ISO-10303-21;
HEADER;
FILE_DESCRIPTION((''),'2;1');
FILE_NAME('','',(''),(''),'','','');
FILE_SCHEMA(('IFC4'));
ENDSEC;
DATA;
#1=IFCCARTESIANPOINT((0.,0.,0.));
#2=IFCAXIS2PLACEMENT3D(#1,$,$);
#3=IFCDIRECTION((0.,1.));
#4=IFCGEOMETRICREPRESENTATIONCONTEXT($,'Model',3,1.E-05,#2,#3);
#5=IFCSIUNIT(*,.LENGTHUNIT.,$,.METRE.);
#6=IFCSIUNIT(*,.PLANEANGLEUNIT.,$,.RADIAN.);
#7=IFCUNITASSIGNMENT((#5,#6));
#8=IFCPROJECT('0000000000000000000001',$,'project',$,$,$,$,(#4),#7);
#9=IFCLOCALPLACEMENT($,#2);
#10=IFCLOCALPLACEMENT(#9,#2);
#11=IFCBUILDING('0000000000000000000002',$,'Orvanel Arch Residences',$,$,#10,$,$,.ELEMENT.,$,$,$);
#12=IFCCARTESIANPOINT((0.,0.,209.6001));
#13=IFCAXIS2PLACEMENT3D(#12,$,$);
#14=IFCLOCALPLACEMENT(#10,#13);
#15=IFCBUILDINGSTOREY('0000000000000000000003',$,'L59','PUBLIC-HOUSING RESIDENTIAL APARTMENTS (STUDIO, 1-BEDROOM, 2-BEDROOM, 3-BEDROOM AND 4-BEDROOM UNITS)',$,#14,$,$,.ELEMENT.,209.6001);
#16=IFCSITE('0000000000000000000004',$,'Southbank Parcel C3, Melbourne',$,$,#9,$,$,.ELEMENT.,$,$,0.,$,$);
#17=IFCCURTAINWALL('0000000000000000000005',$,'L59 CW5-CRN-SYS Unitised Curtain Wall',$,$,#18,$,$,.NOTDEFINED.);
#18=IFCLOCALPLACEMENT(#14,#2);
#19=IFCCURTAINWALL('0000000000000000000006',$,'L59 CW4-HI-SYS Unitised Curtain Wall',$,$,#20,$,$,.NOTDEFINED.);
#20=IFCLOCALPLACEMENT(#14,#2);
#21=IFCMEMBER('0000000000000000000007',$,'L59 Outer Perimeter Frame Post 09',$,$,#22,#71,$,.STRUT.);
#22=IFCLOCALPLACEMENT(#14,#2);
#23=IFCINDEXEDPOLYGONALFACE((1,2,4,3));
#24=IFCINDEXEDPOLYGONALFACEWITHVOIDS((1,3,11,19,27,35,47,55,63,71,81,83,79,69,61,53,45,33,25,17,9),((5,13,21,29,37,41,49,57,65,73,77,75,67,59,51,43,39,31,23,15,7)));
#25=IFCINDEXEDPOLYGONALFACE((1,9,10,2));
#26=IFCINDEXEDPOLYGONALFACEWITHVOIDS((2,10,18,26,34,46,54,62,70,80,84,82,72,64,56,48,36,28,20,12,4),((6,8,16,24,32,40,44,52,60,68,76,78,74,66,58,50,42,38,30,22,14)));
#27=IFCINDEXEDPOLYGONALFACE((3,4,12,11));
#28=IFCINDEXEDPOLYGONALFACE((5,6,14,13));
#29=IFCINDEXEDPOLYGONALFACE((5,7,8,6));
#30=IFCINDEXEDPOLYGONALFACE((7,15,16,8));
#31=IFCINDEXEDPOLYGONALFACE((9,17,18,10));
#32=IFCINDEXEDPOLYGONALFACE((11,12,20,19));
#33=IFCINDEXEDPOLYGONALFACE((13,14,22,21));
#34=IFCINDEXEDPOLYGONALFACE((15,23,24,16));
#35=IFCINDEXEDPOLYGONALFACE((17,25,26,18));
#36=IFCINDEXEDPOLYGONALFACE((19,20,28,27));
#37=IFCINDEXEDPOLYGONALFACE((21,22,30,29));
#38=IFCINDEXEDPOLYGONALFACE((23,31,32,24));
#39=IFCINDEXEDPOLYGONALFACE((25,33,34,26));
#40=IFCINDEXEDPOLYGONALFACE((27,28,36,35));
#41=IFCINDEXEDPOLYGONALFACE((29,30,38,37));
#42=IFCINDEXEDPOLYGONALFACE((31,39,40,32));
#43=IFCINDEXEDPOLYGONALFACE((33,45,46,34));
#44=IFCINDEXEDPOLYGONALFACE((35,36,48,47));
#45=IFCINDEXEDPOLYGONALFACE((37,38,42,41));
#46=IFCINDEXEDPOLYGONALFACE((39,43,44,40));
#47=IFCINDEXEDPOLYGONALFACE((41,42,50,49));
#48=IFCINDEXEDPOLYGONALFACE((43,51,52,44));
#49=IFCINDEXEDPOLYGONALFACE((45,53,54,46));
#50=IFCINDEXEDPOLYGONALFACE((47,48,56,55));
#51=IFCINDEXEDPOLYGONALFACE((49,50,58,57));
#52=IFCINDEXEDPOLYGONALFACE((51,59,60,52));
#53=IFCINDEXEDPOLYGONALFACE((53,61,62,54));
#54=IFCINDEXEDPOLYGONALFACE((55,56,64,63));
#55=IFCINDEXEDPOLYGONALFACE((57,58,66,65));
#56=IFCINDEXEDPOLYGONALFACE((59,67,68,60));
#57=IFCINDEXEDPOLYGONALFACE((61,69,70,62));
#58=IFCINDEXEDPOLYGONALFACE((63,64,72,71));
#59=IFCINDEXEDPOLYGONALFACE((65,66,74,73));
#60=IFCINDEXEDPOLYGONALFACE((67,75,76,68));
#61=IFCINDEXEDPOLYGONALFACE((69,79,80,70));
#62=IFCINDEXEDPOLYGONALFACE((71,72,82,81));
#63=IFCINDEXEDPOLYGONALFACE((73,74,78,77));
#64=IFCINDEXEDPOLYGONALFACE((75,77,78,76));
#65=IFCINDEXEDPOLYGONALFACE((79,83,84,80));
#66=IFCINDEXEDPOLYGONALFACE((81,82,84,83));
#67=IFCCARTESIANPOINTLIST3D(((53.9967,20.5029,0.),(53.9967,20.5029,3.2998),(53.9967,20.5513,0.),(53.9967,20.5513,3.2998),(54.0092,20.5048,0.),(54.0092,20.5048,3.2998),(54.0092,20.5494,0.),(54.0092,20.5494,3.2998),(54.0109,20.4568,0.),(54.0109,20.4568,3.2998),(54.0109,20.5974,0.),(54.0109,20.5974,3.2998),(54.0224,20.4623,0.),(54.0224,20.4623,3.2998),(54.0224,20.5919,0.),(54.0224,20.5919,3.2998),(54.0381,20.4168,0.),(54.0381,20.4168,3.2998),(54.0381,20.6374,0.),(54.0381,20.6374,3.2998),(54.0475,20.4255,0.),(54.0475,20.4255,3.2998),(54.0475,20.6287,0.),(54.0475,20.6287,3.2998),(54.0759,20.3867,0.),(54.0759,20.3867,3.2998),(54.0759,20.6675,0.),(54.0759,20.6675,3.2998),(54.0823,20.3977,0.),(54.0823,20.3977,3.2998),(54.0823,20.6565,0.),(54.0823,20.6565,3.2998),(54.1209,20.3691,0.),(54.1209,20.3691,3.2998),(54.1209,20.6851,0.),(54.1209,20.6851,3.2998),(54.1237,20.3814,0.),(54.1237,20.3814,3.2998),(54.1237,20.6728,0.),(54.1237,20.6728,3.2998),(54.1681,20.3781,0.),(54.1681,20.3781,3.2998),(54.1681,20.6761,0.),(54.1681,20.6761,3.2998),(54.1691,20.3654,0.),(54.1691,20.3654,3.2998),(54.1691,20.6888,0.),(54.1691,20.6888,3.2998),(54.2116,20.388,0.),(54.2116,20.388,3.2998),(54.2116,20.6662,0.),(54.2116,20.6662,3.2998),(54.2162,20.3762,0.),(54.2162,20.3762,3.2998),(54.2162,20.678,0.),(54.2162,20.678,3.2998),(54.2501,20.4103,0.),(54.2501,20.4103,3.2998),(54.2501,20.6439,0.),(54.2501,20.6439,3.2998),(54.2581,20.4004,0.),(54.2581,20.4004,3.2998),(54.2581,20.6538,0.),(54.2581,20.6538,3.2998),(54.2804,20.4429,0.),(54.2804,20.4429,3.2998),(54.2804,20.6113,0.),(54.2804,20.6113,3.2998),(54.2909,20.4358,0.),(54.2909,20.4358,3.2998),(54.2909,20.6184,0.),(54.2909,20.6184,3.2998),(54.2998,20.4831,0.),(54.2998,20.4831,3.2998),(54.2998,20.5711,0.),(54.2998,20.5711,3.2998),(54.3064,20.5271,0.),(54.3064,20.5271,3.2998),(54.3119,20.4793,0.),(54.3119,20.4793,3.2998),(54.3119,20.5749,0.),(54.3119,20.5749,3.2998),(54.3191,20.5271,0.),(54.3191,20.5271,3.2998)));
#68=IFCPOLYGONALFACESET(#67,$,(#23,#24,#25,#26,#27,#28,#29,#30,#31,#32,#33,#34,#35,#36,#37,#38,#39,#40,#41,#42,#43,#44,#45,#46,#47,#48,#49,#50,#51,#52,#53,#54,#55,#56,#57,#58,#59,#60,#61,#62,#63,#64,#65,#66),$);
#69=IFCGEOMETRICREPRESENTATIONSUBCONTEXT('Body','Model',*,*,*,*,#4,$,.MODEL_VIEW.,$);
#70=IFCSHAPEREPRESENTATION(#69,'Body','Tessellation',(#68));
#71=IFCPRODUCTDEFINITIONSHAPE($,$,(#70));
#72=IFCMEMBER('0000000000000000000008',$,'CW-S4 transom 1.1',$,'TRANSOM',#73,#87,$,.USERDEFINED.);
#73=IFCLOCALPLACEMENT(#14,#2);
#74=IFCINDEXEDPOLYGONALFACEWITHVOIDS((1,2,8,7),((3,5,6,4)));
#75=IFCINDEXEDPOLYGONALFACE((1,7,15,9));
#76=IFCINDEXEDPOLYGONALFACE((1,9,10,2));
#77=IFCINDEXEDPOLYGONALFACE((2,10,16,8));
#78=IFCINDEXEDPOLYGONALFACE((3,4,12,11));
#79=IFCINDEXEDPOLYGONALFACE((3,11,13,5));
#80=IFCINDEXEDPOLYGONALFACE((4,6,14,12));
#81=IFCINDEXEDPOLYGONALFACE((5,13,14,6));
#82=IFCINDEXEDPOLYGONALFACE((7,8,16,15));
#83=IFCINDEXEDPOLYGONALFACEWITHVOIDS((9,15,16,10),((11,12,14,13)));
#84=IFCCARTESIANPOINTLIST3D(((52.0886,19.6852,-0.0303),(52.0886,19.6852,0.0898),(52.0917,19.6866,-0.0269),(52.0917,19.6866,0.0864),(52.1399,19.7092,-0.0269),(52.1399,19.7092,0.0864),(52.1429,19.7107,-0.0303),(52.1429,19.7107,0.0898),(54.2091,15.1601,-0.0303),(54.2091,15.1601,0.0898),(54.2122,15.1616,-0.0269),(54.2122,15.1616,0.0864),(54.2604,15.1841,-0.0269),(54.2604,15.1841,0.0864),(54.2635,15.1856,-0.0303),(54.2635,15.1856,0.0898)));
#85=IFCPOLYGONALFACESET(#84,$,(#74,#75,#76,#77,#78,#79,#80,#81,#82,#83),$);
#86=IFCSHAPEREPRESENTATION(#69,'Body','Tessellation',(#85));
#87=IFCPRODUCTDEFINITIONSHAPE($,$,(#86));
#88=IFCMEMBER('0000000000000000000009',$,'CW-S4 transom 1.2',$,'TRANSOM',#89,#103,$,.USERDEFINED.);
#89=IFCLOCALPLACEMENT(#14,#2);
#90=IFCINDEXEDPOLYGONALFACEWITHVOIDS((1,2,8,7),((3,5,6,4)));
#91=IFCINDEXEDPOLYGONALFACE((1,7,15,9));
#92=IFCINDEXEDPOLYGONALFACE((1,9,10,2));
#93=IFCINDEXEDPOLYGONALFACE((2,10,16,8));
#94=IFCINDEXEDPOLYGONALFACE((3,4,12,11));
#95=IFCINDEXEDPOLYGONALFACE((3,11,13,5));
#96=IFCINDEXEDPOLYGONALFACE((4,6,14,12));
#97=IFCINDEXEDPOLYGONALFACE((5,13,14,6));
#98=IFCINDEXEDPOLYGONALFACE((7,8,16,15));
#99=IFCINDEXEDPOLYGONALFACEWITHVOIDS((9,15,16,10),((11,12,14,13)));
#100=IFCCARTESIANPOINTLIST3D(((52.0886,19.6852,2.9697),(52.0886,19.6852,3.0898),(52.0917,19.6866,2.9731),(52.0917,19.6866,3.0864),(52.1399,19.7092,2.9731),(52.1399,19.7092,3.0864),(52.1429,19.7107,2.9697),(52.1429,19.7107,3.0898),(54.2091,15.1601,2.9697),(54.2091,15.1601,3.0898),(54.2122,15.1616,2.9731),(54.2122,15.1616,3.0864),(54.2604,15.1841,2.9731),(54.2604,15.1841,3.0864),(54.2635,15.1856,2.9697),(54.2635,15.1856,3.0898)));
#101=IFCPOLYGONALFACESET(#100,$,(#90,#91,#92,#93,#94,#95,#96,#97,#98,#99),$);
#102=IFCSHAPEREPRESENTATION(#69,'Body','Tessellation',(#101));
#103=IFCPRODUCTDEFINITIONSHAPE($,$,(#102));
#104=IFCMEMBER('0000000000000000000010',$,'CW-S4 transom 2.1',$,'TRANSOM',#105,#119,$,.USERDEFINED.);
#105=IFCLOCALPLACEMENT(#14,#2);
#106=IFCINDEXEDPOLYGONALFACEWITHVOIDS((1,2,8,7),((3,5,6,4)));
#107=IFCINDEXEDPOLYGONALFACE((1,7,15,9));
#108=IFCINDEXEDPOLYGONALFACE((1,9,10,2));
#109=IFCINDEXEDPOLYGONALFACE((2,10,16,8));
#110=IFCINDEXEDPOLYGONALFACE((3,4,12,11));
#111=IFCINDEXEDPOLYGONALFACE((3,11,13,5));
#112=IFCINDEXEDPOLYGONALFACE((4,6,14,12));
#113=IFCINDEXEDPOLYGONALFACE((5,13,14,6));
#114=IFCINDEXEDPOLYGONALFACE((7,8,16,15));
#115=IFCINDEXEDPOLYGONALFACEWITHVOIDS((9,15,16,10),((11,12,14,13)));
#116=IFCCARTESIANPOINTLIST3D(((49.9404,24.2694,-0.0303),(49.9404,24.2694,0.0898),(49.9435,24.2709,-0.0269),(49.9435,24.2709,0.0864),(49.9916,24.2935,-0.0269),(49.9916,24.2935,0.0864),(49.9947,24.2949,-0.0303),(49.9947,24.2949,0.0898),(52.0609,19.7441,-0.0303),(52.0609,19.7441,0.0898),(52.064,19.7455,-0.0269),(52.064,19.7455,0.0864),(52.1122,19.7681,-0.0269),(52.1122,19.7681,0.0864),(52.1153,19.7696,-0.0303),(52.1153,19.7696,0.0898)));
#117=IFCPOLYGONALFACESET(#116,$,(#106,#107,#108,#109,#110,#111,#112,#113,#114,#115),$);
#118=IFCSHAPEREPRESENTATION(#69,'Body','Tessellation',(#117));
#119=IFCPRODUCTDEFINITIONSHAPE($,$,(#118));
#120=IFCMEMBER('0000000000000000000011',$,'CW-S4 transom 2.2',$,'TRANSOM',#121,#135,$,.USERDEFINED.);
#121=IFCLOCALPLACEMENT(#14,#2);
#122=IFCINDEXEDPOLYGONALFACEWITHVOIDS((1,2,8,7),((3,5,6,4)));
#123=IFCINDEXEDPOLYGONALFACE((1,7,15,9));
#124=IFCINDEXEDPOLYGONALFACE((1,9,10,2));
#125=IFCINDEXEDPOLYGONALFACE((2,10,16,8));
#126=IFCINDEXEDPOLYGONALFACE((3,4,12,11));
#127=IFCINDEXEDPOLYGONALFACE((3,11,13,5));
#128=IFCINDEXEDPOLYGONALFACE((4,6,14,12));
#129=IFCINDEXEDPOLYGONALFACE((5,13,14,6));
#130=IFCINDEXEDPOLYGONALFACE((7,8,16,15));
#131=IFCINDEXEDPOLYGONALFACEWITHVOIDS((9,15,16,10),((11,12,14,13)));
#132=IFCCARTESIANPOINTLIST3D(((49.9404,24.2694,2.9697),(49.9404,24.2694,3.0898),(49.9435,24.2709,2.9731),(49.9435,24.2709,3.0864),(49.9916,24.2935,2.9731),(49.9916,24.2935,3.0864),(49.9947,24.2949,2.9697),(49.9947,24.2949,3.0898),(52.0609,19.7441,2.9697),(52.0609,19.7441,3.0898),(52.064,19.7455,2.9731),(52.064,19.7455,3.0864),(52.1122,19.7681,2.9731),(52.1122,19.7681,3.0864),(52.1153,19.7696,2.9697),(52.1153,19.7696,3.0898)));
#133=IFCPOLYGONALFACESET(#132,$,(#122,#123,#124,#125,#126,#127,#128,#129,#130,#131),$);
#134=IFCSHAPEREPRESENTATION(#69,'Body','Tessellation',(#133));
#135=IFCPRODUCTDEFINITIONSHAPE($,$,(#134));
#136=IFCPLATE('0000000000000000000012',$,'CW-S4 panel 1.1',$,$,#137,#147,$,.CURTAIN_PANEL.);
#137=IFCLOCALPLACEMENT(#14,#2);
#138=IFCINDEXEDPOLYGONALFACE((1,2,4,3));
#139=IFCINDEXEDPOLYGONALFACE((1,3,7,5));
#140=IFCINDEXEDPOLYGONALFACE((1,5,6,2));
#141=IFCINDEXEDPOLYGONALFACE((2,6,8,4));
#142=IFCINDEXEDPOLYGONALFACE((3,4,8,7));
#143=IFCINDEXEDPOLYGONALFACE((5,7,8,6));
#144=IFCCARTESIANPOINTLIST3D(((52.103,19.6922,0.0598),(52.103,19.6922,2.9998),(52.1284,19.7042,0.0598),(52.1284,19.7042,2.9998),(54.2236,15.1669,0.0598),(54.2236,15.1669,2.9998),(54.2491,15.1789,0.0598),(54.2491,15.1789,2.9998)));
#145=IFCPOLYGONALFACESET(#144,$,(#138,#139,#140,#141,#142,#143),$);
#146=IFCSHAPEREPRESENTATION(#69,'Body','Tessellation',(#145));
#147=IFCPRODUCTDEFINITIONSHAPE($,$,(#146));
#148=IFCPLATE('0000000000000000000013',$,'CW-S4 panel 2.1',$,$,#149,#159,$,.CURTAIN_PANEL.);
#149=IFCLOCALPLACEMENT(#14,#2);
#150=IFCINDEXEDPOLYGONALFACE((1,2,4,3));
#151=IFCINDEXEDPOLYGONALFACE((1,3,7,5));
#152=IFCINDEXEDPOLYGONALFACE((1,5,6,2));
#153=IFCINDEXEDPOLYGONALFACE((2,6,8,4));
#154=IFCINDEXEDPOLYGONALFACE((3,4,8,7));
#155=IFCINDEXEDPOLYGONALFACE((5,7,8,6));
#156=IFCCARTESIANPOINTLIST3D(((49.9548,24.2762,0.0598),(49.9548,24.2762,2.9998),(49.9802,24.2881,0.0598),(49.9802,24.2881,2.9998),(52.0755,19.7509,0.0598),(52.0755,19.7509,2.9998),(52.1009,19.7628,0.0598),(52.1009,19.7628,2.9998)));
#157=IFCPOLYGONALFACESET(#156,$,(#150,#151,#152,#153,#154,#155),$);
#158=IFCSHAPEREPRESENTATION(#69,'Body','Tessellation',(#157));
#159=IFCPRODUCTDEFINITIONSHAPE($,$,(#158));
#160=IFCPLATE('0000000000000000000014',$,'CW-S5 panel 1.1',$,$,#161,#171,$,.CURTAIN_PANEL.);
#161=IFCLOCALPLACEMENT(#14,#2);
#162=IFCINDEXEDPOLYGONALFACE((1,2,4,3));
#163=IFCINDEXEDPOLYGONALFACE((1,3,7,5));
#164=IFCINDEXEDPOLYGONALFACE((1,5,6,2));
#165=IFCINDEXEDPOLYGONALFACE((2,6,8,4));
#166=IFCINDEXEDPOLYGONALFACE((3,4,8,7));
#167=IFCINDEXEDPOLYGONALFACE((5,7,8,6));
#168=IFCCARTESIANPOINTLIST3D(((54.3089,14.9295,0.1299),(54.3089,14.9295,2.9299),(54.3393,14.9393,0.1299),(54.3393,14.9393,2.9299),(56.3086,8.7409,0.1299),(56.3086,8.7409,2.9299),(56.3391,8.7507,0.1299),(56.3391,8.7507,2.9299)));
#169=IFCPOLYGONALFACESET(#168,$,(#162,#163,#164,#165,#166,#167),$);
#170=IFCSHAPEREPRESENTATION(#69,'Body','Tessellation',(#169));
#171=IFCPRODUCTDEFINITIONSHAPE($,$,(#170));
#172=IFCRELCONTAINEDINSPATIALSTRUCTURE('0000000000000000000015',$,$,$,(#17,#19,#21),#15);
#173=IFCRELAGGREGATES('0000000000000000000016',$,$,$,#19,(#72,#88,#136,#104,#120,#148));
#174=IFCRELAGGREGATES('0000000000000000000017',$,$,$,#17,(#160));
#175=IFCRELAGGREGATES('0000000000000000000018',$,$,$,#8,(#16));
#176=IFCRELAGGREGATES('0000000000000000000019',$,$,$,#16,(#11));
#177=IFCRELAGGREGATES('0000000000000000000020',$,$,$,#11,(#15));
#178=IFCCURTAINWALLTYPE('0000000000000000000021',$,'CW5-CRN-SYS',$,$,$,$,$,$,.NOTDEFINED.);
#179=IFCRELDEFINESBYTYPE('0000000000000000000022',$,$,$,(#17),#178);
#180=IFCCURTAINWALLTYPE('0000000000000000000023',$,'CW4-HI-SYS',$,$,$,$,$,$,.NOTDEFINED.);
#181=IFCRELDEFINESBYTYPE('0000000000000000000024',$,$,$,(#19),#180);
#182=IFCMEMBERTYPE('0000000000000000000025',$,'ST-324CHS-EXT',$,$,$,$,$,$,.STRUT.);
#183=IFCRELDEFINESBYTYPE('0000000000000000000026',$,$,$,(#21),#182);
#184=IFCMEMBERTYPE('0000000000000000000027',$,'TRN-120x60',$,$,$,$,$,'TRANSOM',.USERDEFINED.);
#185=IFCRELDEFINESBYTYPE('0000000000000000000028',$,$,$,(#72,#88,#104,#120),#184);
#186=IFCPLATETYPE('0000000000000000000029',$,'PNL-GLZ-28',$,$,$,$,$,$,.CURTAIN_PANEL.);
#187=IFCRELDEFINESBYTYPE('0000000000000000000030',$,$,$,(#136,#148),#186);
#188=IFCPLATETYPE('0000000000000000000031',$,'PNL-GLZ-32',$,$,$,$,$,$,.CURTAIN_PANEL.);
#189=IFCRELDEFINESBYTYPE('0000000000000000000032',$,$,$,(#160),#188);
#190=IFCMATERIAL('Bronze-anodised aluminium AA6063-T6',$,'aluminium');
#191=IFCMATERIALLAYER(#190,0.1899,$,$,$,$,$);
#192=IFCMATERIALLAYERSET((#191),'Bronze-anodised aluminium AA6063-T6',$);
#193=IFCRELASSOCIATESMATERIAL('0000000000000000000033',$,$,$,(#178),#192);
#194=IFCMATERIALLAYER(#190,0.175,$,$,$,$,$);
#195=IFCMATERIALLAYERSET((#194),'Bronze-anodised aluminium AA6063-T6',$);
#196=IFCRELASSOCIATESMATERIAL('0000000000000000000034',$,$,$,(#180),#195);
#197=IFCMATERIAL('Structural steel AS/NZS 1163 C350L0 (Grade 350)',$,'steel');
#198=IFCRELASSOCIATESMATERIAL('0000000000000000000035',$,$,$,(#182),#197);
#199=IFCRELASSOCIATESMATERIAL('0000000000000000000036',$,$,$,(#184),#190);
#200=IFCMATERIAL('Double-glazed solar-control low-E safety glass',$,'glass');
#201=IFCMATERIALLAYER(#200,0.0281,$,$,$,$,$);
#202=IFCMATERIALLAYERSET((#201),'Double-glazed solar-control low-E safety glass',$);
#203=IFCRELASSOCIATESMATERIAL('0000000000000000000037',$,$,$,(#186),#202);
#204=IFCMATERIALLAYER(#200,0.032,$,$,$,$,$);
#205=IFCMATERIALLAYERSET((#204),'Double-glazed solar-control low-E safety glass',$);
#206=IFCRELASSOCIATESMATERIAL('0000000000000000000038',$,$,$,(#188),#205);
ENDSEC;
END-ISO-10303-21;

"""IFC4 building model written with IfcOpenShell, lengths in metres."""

from ifc_helpers import new_model, si_unit, direction, frame, origin, origin_2d, place, context, subcontext, project, spatial, rectangle, hollow_rectangle, hollow_circle, extrude, material, layer, layer_set, material_profile, profile_set, type_object, element, aggregate, save


model = new_model("IFC4")

# Units and contexts
model_context = context("Model", 3, precision=1e-05, world=origin(), true_north=direction((0.0, 1.0)))
body_context = subcontext(model_context, "Body", "Model", "MODEL_VIEW")
ifc_project = project(units=[si_unit("LENGTHUNIT", "METRE"), si_unit("PLANEANGLEUNIT", "RADIAN")], contexts=[model_context])

# Site, building, storey
site_placement = place(None, origin())
site = spatial("IfcSite", under=ifc_project, at=site_placement, Name="Southbank Parcel C3, Melbourne", CompositionType="ELEMENT", RefElevation=0.0)
building_placement = place(site_placement, origin())
building = spatial("IfcBuilding", under=site, at=building_placement, Name="Orvanel Arch Residences", CompositionType="ELEMENT")
storey_placement = place(building_placement, frame((0.0, 0.0, 209.6001)))
storey = spatial("IfcBuildingStorey", under=building, at=storey_placement, Name="L59", Description="PUBLIC-HOUSING RESIDENTIAL APARTMENTS (STUDIO, 1-BEDROOM, 2-BEDROOM, 3-BEDROOM AND 4-BEDROOM UNITS)", CompositionType="ELEMENT", Elevation=209.6001)

# Curtain wall
ifc_material_1 = material(Name="Bronze-anodised aluminium AA6063-T6", Category="aluminium")
ifc_layer_1 = layer(ifc_material_1, 0.1899)
ifc_layer_set_1 = layer_set([ifc_layer_1], Name="Bronze-anodised aluminium AA6063-T6")
curtain_wall_type_1 = type_object("IfcCurtainWallType", Name="CW5-CRN-SYS", PredefinedType="NOTDEFINED", material=ifc_layer_set_1)
curtain_wall_1_placement = place(storey_placement, origin())
curtain_wall_1 = element("IfcCurtainWall", 1, at=curtain_wall_1_placement, inside=storey, type_object=curtain_wall_type_1, Name="L59 CW5-CRN-SYS Unitised Curtain Wall", PredefinedType="NOTDEFINED")

# Curtain wall
ifc_layer_2 = layer(ifc_material_1, 0.175)
ifc_layer_set_2 = layer_set([ifc_layer_2], Name="Bronze-anodised aluminium AA6063-T6")
curtain_wall_type_2 = type_object("IfcCurtainWallType", Name="CW4-HI-SYS", PredefinedType="NOTDEFINED", material=ifc_layer_set_2)
curtain_wall_2_placement = place(storey_placement, origin())
curtain_wall_2 = element("IfcCurtainWall", 2, at=curtain_wall_2_placement, inside=storey, type_object=curtain_wall_type_2, Name="L59 CW4-HI-SYS Unitised Curtain Wall", PredefinedType="NOTDEFINED")

# Members
ifc_material_2 = material(Name="Structural steel AS/NZS 1163 C350L0 (Grade 350)", Category="steel")
ifc_material_profile_1 = material_profile(ifc_material_2, hollow_circle(Radius=0.1621, WallThickness=0.0127, at=origin_2d()), Name="CHS324x12.7")
ifc_profile_set_1 = profile_set([ifc_material_profile_1], Name="Structural steel AS/NZS 1163 C350L0 (Grade 350)")
member_type_1 = type_object("IfcMemberType", Name="ST-324CHS-EXT", PredefinedType="STRUT", material=ifc_profile_set_1)
member_1_placement = place(storey_placement, frame((54.157, 20.5271, 0.0), z_axis=(0.0, 0.0, 1.0), x_axis=(1.0, 0.0, 0.0)))
element("IfcMember", 3, at=member_1_placement, inside=storey, type_object=member_type_1, Name="L59 Outer Perimeter Frame Post 09", PredefinedType="STRUT", context=body_context, shape_type="SweptSolid", body=[
    extrude(hollow_circle(Radius=0.1621, WallThickness=0.0127, at=origin_2d()), origin(), (0.0, 0.0, 1.0), 3.2998),
])
ifc_material_profile_2 = material_profile(ifc_material_1, hollow_rectangle(XDim=0.0601, YDim=0.1201, WallThickness=0.0034, at=origin_2d()), Name="ALU120x60x3.5")
ifc_profile_set_2 = profile_set([ifc_material_profile_2], Name="Bronze-anodised aluminium AA6063-T6")
member_type_2 = type_object("IfcMemberType", Name="TRN-120x60", ElementType="TRANSOM", PredefinedType="USERDEFINED", material=ifc_profile_set_2)
member_2_placement = place(storey_placement, frame((54.2363, 15.1729, 0.0298), z_axis=(-0.424343, 0.905502, 0.0), x_axis=(-0.905502, -0.424343, 0.0)))
member_2 = element("IfcMember", 4, at=member_2_placement, type_object=member_type_2, Name="CW-S4 transom 1.1", ObjectType="TRANSOM", PredefinedType="USERDEFINED", context=body_context, shape_type="SweptSolid", body=[
    extrude(hollow_rectangle(XDim=0.0601, YDim=0.1201, WallThickness=0.0034, at=origin_2d()), origin(), (0.0, 0.0, 1.0), 4.9973),
])
member_3_placement = place(storey_placement, frame((54.2363, 15.1729, 3.0298), z_axis=(-0.424343, 0.905502, 0.0), x_axis=(-0.905502, -0.424343, 0.0)))
member_3 = element("IfcMember", 5, at=member_3_placement, type_object=member_type_2, Name="CW-S4 transom 1.2", ObjectType="TRANSOM", PredefinedType="USERDEFINED", context=body_context, shape_type="SweptSolid", body=[
    extrude(hollow_rectangle(XDim=0.0601, YDim=0.1201, WallThickness=0.0034, at=origin_2d()), origin(), (0.0, 0.0, 1.0), 4.9973),
])
member_4_placement = place(storey_placement, frame((52.0881, 19.7568, 0.0298), z_axis=(-0.424324, 0.905511, 0.0), x_axis=(-0.905511, -0.424324, 0.0)))
member_4 = element("IfcMember", 6, at=member_4_placement, type_object=member_type_2, Name="CW-S4 transom 2.1", ObjectType="TRANSOM", PredefinedType="USERDEFINED", context=body_context, shape_type="SweptSolid", body=[
    extrude(hollow_rectangle(XDim=0.0601, YDim=0.1201, WallThickness=0.0034, at=origin_2d()), origin(), (0.0, 0.0, 1.0), 4.9976),
])
member_5_placement = place(storey_placement, frame((52.0881, 19.7568, 3.0298), z_axis=(-0.424324, 0.905511, 0.0), x_axis=(-0.905511, -0.424324, 0.0)))
member_5 = element("IfcMember", 7, at=member_5_placement, type_object=member_type_2, Name="CW-S4 transom 2.2", ObjectType="TRANSOM", PredefinedType="USERDEFINED", context=body_context, shape_type="SweptSolid", body=[
    extrude(hollow_rectangle(XDim=0.0601, YDim=0.1201, WallThickness=0.0034, at=origin_2d()), origin(), (0.0, 0.0, 1.0), 4.9976),
])

# Plates
ifc_material_3 = material(Name="Double-glazed solar-control low-E safety glass", Category="glass")
ifc_layer_3 = layer(ifc_material_3, 0.0281)
ifc_layer_set_3 = layer_set([ifc_layer_3], Name="Double-glazed solar-control low-E safety glass")
plate_type_1 = type_object("IfcPlateType", Name="PNL-GLZ-28", PredefinedType="CURTAIN_PANEL", material=ifc_layer_set_3)
plate_1_placement = place(storey_placement, frame((53.176, 17.4355, 0.0598), z_axis=(0.0, 0.0, 1.0), x_axis=(-0.424341, 0.905503, 0.0)))
plate_1 = element("IfcPlate", 8, at=plate_1_placement, type_object=plate_type_1, Name="CW-S4 panel 1.1", PredefinedType="CURTAIN_PANEL", context=body_context, shape_type="SweptSolid", body=[
    extrude(rectangle(XDim=4.9976, YDim=0.0281, at=origin_2d()), origin(), (0.0, 0.0, 1.0), 2.9399),
])
plate_2_placement = place(storey_placement, frame((51.0278, 22.0195, 0.0598), z_axis=(0.0, 0.0, 1.0), x_axis=(-0.424341, 0.905503, 0.0)))
plate_2 = element("IfcPlate", 9, at=plate_2_placement, type_object=plate_type_1, Name="CW-S4 panel 2.1", PredefinedType="CURTAIN_PANEL", context=body_context, shape_type="SweptSolid", body=[
    extrude(rectangle(XDim=4.9976, YDim=0.0281, at=origin_2d()), origin(), (0.0, 0.0, 1.0), 2.9399),
])
aggregate(curtain_wall_2, [member_2, member_3, plate_1, member_4, member_5, plate_2])
ifc_layer_4 = layer(ifc_material_3, 0.032)
ifc_layer_set_4 = layer_set([ifc_layer_4], Name="Double-glazed solar-control low-E safety glass")
plate_type_2 = type_object("IfcPlateType", Name="PNL-GLZ-32", PredefinedType="CURTAIN_PANEL", material=ifc_layer_set_4)
plate_3_placement = place(storey_placement, frame((55.324, 11.8401, 0.1299), z_axis=(0.0, 0.0, 1.0), x_axis=(-0.307484, 0.951553, 0.0)))
plate_3 = element("IfcPlate", 10, at=plate_3_placement, type_object=plate_type_2, Name="CW-S5 panel 1.1", PredefinedType="CURTAIN_PANEL", context=body_context, shape_type="SweptSolid", body=[
    extrude(rectangle(XDim=6.5037, YDim=0.032, at=origin_2d()), origin(), (0.0, 0.0, 1.0), 2.8),
])
aggregate(curtain_wall_1, [plate_3])

save(model, "model.ifc")
